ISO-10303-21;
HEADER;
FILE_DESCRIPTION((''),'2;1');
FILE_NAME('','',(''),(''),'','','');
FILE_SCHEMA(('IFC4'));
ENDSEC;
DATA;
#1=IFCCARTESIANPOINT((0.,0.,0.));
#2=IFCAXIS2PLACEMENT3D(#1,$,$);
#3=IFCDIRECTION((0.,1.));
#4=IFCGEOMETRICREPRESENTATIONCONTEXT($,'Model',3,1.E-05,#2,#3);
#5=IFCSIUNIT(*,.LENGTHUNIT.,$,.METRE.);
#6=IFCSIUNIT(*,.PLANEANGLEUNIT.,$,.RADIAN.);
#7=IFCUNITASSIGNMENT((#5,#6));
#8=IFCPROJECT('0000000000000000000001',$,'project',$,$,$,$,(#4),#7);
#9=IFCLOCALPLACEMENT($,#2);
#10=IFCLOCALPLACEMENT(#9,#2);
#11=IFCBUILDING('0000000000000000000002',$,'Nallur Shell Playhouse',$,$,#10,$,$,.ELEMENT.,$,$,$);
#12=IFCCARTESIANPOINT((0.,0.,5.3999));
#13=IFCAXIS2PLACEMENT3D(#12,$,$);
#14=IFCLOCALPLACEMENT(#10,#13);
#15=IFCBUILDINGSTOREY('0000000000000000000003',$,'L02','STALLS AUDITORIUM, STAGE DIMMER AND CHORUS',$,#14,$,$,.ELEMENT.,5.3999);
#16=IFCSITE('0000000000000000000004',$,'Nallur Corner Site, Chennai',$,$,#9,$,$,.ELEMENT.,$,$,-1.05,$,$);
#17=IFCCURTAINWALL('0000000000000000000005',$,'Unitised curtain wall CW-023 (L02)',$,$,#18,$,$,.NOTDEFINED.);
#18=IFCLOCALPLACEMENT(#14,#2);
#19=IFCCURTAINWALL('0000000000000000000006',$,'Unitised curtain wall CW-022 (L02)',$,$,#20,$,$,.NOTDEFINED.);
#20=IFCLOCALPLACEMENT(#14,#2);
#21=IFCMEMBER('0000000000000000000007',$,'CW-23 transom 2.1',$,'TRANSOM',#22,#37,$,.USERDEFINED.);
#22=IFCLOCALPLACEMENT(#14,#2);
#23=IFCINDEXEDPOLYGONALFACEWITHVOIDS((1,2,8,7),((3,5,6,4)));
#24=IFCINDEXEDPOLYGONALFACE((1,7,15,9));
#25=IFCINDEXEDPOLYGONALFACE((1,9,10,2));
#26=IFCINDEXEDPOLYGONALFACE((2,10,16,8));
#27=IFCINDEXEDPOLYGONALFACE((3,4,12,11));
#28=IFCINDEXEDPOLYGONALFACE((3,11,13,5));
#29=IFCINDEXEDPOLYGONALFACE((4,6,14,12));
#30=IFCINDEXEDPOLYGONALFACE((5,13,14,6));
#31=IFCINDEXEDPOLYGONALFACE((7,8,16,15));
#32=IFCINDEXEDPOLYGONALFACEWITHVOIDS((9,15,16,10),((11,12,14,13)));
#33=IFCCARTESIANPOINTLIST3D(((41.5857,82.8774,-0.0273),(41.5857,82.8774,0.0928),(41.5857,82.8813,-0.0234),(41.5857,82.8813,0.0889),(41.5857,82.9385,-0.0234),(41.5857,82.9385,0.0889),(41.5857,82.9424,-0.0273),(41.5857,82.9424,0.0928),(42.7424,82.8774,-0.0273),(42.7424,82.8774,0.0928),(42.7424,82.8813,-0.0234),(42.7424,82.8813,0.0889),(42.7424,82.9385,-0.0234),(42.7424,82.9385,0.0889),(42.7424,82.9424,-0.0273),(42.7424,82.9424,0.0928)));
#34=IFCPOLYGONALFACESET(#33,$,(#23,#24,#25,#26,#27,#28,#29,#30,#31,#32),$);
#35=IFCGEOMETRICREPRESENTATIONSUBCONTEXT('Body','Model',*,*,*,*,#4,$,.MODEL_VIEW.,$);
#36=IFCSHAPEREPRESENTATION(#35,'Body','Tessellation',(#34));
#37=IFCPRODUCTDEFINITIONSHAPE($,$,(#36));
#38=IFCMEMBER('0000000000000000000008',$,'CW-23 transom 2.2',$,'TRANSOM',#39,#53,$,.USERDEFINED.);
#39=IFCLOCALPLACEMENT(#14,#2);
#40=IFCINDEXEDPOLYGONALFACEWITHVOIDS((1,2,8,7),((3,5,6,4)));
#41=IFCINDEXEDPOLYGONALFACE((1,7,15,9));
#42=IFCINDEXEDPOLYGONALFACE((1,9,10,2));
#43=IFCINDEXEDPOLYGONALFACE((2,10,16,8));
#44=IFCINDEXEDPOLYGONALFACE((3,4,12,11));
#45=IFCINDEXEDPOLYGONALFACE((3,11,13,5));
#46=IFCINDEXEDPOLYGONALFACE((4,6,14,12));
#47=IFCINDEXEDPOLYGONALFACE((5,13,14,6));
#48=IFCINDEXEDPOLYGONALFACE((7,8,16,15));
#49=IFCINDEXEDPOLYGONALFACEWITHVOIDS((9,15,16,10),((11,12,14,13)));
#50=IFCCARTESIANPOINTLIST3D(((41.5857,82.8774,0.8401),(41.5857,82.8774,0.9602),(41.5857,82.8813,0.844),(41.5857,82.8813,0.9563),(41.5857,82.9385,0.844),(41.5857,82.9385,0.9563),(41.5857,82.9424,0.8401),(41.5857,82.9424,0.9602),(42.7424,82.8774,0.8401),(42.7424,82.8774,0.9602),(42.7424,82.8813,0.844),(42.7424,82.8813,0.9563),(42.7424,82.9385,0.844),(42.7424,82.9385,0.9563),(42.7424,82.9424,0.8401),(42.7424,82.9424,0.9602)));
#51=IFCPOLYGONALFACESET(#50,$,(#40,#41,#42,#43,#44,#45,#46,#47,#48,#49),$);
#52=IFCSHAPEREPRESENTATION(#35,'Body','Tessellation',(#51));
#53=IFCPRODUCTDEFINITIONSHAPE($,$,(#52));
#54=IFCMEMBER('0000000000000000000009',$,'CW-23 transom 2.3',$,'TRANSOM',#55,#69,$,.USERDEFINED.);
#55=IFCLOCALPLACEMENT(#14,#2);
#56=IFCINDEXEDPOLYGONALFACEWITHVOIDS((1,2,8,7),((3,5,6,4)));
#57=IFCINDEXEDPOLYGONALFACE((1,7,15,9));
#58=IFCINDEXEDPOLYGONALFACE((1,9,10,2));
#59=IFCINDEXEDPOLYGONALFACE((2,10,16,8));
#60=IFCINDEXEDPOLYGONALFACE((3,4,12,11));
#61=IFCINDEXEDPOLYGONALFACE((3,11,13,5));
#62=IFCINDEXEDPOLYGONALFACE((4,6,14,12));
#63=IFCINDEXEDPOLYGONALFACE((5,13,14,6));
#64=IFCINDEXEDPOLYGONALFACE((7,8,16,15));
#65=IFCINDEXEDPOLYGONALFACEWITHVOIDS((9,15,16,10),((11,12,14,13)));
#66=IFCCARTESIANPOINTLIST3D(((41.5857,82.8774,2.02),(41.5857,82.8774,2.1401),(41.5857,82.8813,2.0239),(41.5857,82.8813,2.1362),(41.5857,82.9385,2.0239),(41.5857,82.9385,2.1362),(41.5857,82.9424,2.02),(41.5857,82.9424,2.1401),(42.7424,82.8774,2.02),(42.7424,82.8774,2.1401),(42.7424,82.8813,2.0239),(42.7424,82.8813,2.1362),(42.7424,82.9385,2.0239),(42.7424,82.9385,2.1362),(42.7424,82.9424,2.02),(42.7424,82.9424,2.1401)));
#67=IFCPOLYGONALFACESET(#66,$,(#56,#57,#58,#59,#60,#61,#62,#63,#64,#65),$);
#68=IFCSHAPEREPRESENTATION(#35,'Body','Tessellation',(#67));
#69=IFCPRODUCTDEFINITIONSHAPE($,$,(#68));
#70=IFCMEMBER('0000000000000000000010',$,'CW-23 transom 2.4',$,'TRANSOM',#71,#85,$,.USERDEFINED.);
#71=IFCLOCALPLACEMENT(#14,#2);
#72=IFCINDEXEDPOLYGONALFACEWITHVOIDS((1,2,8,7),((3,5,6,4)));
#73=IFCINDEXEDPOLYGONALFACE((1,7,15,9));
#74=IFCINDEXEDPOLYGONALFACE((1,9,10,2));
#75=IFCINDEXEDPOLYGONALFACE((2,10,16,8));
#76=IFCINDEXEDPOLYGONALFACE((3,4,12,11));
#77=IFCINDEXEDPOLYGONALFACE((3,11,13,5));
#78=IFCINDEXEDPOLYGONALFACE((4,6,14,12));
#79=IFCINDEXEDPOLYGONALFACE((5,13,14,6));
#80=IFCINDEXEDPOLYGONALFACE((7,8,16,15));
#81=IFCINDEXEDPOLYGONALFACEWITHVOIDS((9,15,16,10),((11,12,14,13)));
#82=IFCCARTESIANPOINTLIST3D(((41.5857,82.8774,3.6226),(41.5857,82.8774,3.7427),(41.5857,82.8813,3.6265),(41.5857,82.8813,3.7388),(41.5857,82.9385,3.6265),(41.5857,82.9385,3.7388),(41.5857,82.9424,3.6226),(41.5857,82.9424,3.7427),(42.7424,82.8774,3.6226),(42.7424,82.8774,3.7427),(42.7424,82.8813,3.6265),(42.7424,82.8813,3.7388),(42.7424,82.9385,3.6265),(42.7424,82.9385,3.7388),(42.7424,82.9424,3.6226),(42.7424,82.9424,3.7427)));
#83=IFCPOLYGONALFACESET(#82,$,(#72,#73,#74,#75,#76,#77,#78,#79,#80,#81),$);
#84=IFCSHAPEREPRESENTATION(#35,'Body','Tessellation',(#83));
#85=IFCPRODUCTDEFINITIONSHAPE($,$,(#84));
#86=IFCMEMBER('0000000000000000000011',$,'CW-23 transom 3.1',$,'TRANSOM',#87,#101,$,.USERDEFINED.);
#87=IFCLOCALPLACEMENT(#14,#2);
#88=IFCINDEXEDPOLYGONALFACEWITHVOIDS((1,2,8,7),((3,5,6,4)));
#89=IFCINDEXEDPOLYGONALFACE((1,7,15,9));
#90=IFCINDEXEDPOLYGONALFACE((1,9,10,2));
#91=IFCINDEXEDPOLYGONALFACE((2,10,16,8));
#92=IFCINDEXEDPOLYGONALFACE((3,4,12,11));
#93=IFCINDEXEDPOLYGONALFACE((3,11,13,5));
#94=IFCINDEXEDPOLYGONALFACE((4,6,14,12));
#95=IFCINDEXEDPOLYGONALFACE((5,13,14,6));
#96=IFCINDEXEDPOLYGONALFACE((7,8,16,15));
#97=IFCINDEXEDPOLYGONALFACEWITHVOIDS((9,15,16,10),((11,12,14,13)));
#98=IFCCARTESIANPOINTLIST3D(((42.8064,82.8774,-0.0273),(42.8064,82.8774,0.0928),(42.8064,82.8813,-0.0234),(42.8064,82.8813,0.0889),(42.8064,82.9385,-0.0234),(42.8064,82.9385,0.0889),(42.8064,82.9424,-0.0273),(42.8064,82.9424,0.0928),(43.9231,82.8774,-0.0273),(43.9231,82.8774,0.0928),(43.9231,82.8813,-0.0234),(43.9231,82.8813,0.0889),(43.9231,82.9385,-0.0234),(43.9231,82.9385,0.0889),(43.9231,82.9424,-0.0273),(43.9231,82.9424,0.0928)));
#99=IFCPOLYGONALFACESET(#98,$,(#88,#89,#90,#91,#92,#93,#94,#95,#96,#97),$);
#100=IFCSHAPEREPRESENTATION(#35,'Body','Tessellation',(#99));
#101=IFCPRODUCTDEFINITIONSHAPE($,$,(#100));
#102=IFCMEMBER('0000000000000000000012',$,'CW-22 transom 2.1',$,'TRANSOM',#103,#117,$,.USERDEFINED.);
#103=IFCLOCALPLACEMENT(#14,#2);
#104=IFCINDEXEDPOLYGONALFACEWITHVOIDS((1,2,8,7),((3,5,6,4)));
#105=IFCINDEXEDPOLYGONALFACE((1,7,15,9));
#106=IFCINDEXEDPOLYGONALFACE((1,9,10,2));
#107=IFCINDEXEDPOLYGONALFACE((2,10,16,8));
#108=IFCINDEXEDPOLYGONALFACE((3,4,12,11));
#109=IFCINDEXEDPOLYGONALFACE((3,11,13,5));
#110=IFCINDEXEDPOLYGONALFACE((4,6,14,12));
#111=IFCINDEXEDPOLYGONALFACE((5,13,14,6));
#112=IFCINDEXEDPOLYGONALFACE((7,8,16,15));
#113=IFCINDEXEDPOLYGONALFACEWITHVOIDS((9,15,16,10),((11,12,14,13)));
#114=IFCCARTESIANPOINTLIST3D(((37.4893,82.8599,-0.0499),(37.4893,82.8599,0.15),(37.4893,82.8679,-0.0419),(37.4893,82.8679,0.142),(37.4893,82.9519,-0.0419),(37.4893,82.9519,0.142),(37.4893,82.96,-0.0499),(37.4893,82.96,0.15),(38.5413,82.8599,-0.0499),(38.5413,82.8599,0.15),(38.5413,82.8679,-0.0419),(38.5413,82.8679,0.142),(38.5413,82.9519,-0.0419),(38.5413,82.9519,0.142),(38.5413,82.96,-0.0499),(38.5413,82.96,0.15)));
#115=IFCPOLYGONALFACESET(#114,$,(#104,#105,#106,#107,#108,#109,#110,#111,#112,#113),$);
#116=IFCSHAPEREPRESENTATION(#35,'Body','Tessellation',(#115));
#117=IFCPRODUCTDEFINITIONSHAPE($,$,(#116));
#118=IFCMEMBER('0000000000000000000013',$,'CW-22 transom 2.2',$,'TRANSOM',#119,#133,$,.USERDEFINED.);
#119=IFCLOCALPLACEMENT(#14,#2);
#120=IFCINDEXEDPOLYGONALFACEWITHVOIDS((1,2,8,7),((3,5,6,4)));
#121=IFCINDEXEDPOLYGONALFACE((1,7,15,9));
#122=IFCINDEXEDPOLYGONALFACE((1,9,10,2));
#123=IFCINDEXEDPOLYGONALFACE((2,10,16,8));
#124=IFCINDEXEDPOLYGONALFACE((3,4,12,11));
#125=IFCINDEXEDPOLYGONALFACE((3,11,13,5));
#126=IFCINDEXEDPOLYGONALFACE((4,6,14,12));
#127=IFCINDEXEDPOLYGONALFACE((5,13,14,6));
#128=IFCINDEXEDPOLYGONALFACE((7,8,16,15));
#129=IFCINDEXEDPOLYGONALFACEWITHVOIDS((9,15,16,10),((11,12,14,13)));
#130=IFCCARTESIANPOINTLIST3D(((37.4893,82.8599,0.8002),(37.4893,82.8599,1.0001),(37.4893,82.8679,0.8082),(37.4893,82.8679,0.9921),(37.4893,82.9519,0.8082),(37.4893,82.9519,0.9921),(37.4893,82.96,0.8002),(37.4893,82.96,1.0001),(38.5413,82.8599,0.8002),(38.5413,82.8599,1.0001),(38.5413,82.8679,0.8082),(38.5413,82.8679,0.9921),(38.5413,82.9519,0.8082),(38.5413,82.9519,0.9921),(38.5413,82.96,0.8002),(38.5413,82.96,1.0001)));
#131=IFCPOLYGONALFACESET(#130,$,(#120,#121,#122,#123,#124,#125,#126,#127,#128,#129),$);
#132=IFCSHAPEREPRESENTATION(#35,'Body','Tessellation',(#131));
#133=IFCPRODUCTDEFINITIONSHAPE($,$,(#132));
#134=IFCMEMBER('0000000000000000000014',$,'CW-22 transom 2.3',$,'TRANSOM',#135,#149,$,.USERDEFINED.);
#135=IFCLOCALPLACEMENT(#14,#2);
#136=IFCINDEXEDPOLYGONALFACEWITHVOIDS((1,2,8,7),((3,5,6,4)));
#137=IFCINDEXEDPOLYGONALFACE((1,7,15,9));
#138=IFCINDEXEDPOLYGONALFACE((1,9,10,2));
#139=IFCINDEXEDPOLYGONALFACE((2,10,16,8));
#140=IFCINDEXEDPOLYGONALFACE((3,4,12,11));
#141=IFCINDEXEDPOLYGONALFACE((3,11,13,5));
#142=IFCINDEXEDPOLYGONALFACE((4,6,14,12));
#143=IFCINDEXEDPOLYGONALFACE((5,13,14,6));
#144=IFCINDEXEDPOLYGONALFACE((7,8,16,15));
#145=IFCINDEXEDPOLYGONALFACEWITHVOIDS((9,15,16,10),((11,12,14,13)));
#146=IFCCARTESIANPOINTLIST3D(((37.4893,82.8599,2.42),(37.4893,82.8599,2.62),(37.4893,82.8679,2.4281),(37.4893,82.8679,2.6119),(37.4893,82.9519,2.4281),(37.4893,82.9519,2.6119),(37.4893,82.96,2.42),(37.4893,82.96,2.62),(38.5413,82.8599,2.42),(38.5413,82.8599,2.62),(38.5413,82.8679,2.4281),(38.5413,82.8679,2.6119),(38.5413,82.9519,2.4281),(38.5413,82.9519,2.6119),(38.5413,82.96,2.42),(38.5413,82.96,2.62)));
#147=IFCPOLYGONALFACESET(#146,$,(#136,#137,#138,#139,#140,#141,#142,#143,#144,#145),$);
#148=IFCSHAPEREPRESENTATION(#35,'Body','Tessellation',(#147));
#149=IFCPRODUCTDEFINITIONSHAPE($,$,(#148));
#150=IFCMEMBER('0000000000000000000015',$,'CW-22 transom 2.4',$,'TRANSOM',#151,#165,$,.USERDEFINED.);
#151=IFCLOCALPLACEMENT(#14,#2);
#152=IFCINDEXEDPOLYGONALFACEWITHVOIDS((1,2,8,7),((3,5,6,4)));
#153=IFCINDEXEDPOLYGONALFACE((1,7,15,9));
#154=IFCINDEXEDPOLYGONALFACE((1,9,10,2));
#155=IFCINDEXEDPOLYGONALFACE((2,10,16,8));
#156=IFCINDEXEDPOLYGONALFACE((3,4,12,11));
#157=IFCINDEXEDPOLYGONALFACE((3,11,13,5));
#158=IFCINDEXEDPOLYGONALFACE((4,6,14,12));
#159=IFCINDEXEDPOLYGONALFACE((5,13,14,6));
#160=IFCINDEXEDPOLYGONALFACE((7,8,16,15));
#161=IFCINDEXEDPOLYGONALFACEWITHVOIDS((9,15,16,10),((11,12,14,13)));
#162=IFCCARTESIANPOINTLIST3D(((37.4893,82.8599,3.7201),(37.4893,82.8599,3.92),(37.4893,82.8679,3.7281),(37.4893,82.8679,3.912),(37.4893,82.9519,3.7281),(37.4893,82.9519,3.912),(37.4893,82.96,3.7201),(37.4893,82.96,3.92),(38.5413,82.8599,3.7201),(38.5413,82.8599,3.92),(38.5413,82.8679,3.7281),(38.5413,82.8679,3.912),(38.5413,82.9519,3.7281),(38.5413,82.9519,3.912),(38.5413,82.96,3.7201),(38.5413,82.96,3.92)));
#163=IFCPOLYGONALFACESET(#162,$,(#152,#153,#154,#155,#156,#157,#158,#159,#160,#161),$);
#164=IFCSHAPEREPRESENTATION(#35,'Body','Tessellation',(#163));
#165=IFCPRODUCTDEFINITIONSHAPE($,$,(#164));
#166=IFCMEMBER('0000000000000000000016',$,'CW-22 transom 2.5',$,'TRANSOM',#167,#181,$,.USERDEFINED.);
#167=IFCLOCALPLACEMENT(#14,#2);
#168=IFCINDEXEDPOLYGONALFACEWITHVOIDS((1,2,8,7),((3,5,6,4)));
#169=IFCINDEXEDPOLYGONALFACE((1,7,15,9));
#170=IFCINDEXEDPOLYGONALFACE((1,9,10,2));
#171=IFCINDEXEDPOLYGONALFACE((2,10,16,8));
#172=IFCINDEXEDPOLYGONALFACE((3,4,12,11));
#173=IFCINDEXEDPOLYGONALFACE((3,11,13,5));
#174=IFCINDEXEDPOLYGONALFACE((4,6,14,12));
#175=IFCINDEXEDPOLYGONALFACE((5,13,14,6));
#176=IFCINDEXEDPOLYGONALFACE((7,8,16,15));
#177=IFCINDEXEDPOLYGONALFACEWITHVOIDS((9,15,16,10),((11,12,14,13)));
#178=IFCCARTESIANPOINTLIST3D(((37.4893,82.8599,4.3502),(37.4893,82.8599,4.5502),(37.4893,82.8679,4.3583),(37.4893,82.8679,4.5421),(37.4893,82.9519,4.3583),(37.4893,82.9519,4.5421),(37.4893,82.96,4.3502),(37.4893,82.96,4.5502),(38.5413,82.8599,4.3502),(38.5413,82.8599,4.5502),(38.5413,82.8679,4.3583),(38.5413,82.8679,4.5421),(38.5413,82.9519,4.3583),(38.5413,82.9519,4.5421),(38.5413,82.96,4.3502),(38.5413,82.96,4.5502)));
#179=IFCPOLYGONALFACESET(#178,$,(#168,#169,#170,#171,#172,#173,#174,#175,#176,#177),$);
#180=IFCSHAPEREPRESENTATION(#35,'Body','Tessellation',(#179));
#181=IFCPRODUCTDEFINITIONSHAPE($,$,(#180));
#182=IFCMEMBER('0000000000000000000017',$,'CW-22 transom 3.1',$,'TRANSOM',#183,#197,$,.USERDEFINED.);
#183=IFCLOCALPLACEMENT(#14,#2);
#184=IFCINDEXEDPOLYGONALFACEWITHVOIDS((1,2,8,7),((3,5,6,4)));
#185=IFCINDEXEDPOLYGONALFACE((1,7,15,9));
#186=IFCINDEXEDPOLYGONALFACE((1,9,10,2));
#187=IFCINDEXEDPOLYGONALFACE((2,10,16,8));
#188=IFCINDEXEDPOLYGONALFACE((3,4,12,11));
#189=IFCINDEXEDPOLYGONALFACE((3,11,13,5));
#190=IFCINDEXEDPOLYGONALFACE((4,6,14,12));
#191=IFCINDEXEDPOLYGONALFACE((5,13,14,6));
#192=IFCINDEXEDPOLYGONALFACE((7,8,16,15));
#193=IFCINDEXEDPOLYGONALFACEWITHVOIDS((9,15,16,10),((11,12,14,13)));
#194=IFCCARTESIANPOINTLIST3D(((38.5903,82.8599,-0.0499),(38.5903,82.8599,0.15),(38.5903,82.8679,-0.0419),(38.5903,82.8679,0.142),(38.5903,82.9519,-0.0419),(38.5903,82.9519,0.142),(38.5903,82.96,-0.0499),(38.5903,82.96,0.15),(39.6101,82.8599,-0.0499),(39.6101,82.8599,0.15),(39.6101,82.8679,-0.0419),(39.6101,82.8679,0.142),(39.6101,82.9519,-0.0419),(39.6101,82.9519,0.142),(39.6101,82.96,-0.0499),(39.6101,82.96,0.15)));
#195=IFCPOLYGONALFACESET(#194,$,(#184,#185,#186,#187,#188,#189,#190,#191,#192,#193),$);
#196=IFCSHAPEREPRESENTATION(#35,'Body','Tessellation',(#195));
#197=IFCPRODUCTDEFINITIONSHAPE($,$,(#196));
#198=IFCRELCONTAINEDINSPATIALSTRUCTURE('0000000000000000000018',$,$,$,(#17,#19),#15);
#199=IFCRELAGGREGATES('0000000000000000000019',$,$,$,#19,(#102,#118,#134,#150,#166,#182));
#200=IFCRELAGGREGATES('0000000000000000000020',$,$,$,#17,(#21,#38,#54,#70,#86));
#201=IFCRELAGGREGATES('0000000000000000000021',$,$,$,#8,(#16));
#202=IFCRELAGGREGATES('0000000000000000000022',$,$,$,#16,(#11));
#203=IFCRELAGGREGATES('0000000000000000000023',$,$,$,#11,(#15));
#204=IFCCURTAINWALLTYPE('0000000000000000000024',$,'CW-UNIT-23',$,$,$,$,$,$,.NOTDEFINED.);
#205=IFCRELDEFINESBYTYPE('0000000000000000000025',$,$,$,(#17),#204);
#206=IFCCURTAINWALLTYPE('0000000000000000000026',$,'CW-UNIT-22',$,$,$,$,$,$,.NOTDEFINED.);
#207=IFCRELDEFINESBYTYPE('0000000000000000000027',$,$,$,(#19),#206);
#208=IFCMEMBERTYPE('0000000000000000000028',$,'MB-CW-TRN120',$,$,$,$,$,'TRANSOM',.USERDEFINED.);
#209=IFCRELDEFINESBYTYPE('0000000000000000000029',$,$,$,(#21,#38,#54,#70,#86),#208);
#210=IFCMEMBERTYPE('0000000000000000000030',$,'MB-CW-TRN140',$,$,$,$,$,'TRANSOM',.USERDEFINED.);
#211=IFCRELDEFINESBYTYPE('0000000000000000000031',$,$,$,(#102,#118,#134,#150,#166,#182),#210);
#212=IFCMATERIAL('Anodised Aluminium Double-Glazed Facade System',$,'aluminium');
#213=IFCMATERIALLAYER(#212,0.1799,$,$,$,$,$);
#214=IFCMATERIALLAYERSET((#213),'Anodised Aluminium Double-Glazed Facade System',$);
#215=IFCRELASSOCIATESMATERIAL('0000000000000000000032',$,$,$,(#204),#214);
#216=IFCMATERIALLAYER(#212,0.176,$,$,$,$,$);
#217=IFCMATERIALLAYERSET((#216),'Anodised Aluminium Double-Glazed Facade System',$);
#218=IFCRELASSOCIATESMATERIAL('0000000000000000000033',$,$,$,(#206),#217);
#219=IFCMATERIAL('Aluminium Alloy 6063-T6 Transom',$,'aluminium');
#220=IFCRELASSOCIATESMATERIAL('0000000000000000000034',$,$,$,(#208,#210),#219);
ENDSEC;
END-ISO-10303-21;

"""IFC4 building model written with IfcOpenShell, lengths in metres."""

from ifc_helpers import new_model, si_unit, direction, frame, origin, origin_2d, place, context, subcontext, project, spatial, hollow_rectangle, extrude, material, layer, layer_set, material_profile, profile_set, type_object, element, aggregate, save


model = new_model("IFC4")

# Units and contexts
model_context = context("Model", 3, precision=1e-05, world=origin(), true_north=direction((0.0, 1.0)))
body_context = subcontext(model_context, "Body", "Model", "MODEL_VIEW")
ifc_project = project(units=[si_unit("LENGTHUNIT", "METRE"), si_unit("PLANEANGLEUNIT", "RADIAN")], contexts=[model_context])

# Site, building, storey
site_placement = place(None, origin())
site = spatial("IfcSite", under=ifc_project, at=site_placement, Name="Nallur Corner Site, Chennai", CompositionType="ELEMENT", RefElevation=-1.05)
building_placement = place(site_placement, origin())
building = spatial("IfcBuilding", under=site, at=building_placement, Name="Nallur Shell Playhouse", CompositionType="ELEMENT")
storey_placement = place(building_placement, frame((0.0, 0.0, 5.3999)))
storey = spatial("IfcBuildingStorey", under=building, at=storey_placement, Name="L02", Description="STALLS AUDITORIUM, STAGE DIMMER AND CHORUS", CompositionType="ELEMENT", Elevation=5.3999)

# Curtain walls
ifc_material_1 = material(Name="Anodised Aluminium Double-Glazed Facade System", Category="aluminium")
ifc_layer_1 = layer(ifc_material_1, 0.1799)
ifc_layer_set_1 = layer_set([ifc_layer_1], Name="Anodised Aluminium Double-Glazed Facade System")
curtain_wall_type_1 = type_object("IfcCurtainWallType", Name="CW-UNIT-23", PredefinedType="NOTDEFINED", material=ifc_layer_set_1)
curtain_wall_1_placement = place(storey_placement, origin())
curtain_wall_1 = element("IfcCurtainWall", 1, at=curtain_wall_1_placement, inside=storey, type_object=curtain_wall_type_1, Name="Unitised curtain wall CW-023 (L02)", PredefinedType="NOTDEFINED")
ifc_layer_2 = layer(ifc_material_1, 0.176)
ifc_layer_set_2 = layer_set([ifc_layer_2], Name="Anodised Aluminium Double-Glazed Facade System")
curtain_wall_type_2 = type_object("IfcCurtainWallType", Name="CW-UNIT-22", PredefinedType="NOTDEFINED", material=ifc_layer_set_2)
curtain_wall_2_placement = place(storey_placement, origin())
curtain_wall_2 = element("IfcCurtainWall", 2, at=curtain_wall_2_placement, inside=storey, type_object=curtain_wall_type_2, Name="Unitised curtain wall CW-022 (L02)", PredefinedType="NOTDEFINED")

# Members
ifc_material_2 = material(Name="Aluminium Alloy 6063-T6 Transom", Category="aluminium")
ifc_material_profile_1 = material_profile(ifc_material_2, hollow_rectangle(XDim=0.0649, YDim=0.1201, WallThickness=0.0039, at=origin_2d()), Name="ALU 65x120x4")
ifc_profile_set_1 = profile_set([ifc_material_profile_1], Name="Aluminium Alloy 6063-T6 Transom")
member_type_1 = type_object("IfcMemberType", Name="MB-CW-TRN120", ElementType="TRANSOM", PredefinedType="USERDEFINED", material=ifc_profile_set_1)
member_1_placement = place(storey_placement, frame((41.5857, 82.9099, 0.0327), z_axis=(1.0, 0.0, 0.0), x_axis=(0.0, 1.0, 0.0)))
member_1 = element("IfcMember", 3, at=member_1_placement, type_object=member_type_1, Name="CW-23 transom 2.1", ObjectType="TRANSOM", PredefinedType="USERDEFINED", context=body_context, shape_type="SweptSolid", body=[
    extrude(hollow_rectangle(XDim=0.0649, YDim=0.1201, WallThickness=0.0039, at=origin_2d()), origin(), (0.0, 0.0, 1.0), 1.1567),
])
member_2_placement = place(storey_placement, frame((41.5857, 82.9099, 0.9001), z_axis=(1.0, 0.0, 0.0), x_axis=(0.0, 1.0, 0.0)))
member_2 = element("IfcMember", 4, at=member_2_placement, type_object=member_type_1, Name="CW-23 transom 2.2", ObjectType="TRANSOM", PredefinedType="USERDEFINED", context=body_context, shape_type="SweptSolid", body=[
    extrude(hollow_rectangle(XDim=0.0649, YDim=0.1201, WallThickness=0.0039, at=origin_2d()), origin(), (0.0, 0.0, 1.0), 1.1567),
])
member_3_placement = place(storey_placement, frame((41.5857, 82.9099, 2.0801), z_axis=(1.0, 0.0, 0.0), x_axis=(0.0, 1.0, 0.0)))
member_3 = element("IfcMember", 5, at=member_3_placement, type_object=member_type_1, Name="CW-23 transom 2.3", ObjectType="TRANSOM", PredefinedType="USERDEFINED", context=body_context, shape_type="SweptSolid", body=[
    extrude(hollow_rectangle(XDim=0.0649, YDim=0.1201, WallThickness=0.0039, at=origin_2d()), origin(), (0.0, 0.0, 1.0), 1.1567),
])
member_4_placement = place(storey_placement, frame((41.5857, 82.9099, 3.6826), z_axis=(1.0, 0.0, 0.0), x_axis=(0.0, 1.0, 0.0)))
member_4 = element("IfcMember", 6, at=member_4_placement, type_object=member_type_1, Name="CW-23 transom 2.4", ObjectType="TRANSOM", PredefinedType="USERDEFINED", context=body_context, shape_type="SweptSolid", body=[
    extrude(hollow_rectangle(XDim=0.0649, YDim=0.1201, WallThickness=0.0039, at=origin_2d()), origin(), (0.0, 0.0, 1.0), 1.1567),
])
member_5_placement = place(storey_placement, frame((42.8064, 82.9099, 0.0327), z_axis=(1.0, 0.0, 0.0), x_axis=(0.0, 1.0, 0.0)))
member_5 = element("IfcMember", 7, at=member_5_placement, type_object=member_type_1, Name="CW-23 transom 3.1", ObjectType="TRANSOM", PredefinedType="USERDEFINED", context=body_context, shape_type="SweptSolid", body=[
    extrude(hollow_rectangle(XDim=0.0649, YDim=0.1201, WallThickness=0.0039, at=origin_2d()), origin(), (0.0, 0.0, 1.0), 1.1167),
])
ifc_material_profile_2 = material_profile(ifc_material_2, hollow_rectangle(XDim=0.1001, YDim=0.2, WallThickness=0.0081, at=origin_2d()), Name="RHS 200x100x8")
ifc_profile_set_2 = profile_set([ifc_material_profile_2], Name="Aluminium Alloy 6063-T6 Transom")
member_type_2 = type_object("IfcMemberType", Name="MB-CW-TRN140", ElementType="TRANSOM", PredefinedType="USERDEFINED", material=ifc_profile_set_2)
member_6_placement = place(storey_placement, frame((37.4893, 82.9099, 0.05), z_axis=(1.0, 0.0, 0.0), x_axis=(0.0, 1.0, 0.0)))
member_6 = element("IfcMember", 8, at=member_6_placement, type_object=member_type_2, Name="CW-22 transom 2.1", ObjectType="TRANSOM", PredefinedType="USERDEFINED", context=body_context, shape_type="SweptSolid", body=[
    extrude(hollow_rectangle(XDim=0.1001, YDim=0.2, WallThickness=0.0081, at=origin_2d()), origin(), (0.0, 0.0, 1.0), 1.052),
])
member_7_placement = place(storey_placement, frame((37.4893, 82.9099, 0.9001), z_axis=(1.0, 0.0, 0.0), x_axis=(0.0, 1.0, 0.0)))
member_7 = element("IfcMember", 9, at=member_7_placement, type_object=member_type_2, Name="CW-22 transom 2.2", ObjectType="TRANSOM", PredefinedType="USERDEFINED", context=body_context, shape_type="SweptSolid", body=[
    extrude(hollow_rectangle(XDim=0.1001, YDim=0.2, WallThickness=0.0081, at=origin_2d()), origin(), (0.0, 0.0, 1.0), 1.052),
])
member_8_placement = place(storey_placement, frame((37.4893, 82.9099, 2.52), z_axis=(1.0, 0.0, 0.0), x_axis=(0.0, 1.0, 0.0)))
member_8 = element("IfcMember", 10, at=member_8_placement, type_object=member_type_2, Name="CW-22 transom 2.3", ObjectType="TRANSOM", PredefinedType="USERDEFINED", context=body_context, shape_type="SweptSolid", body=[
    extrude(hollow_rectangle(XDim=0.1001, YDim=0.2, WallThickness=0.0081, at=origin_2d()), origin(), (0.0, 0.0, 1.0), 1.052),
])
member_9_placement = place(storey_placement, frame((37.4893, 82.9099, 3.8201), z_axis=(1.0, 0.0, 0.0), x_axis=(0.0, 1.0, 0.0)))
member_9 = element("IfcMember", 11, at=member_9_placement, type_object=member_type_2, Name="CW-22 transom 2.4", ObjectType="TRANSOM", PredefinedType="USERDEFINED", context=body_context, shape_type="SweptSolid", body=[
    extrude(hollow_rectangle(XDim=0.1001, YDim=0.2, WallThickness=0.0081, at=origin_2d()), origin(), (0.0, 0.0, 1.0), 1.052),
])
member_10_placement = place(storey_placement, frame((37.4893, 82.9099, 4.4502), z_axis=(1.0, 0.0, 0.0), x_axis=(0.0, 1.0, 0.0)))
member_10 = element("IfcMember", 12, at=member_10_placement, type_object=member_type_2, Name="CW-22 transom 2.5", ObjectType="TRANSOM", PredefinedType="USERDEFINED", context=body_context, shape_type="SweptSolid", body=[
    extrude(hollow_rectangle(XDim=0.1001, YDim=0.2, WallThickness=0.0081, at=origin_2d()), origin(), (0.0, 0.0, 1.0), 1.052),
])
member_11_placement = place(storey_placement, frame((38.5903, 82.9099, 0.05), z_axis=(1.0, 0.0, 0.0), x_axis=(0.0, 1.0, 0.0)))
member_11 = element("IfcMember", 13, at=member_11_placement, type_object=member_type_2, Name="CW-22 transom 3.1", ObjectType="TRANSOM", PredefinedType="USERDEFINED", context=body_context, shape_type="SweptSolid", body=[
    extrude(hollow_rectangle(XDim=0.1001, YDim=0.2, WallThickness=0.0081, at=origin_2d()), origin(), (0.0, 0.0, 1.0), 1.0198),
])

aggregate(curtain_wall_2, [member_6, member_7, member_8, member_9, member_10, member_11])
aggregate(curtain_wall_1, [member_1, member_2, member_3, member_4, member_5])

save(model, "model.ifc")
